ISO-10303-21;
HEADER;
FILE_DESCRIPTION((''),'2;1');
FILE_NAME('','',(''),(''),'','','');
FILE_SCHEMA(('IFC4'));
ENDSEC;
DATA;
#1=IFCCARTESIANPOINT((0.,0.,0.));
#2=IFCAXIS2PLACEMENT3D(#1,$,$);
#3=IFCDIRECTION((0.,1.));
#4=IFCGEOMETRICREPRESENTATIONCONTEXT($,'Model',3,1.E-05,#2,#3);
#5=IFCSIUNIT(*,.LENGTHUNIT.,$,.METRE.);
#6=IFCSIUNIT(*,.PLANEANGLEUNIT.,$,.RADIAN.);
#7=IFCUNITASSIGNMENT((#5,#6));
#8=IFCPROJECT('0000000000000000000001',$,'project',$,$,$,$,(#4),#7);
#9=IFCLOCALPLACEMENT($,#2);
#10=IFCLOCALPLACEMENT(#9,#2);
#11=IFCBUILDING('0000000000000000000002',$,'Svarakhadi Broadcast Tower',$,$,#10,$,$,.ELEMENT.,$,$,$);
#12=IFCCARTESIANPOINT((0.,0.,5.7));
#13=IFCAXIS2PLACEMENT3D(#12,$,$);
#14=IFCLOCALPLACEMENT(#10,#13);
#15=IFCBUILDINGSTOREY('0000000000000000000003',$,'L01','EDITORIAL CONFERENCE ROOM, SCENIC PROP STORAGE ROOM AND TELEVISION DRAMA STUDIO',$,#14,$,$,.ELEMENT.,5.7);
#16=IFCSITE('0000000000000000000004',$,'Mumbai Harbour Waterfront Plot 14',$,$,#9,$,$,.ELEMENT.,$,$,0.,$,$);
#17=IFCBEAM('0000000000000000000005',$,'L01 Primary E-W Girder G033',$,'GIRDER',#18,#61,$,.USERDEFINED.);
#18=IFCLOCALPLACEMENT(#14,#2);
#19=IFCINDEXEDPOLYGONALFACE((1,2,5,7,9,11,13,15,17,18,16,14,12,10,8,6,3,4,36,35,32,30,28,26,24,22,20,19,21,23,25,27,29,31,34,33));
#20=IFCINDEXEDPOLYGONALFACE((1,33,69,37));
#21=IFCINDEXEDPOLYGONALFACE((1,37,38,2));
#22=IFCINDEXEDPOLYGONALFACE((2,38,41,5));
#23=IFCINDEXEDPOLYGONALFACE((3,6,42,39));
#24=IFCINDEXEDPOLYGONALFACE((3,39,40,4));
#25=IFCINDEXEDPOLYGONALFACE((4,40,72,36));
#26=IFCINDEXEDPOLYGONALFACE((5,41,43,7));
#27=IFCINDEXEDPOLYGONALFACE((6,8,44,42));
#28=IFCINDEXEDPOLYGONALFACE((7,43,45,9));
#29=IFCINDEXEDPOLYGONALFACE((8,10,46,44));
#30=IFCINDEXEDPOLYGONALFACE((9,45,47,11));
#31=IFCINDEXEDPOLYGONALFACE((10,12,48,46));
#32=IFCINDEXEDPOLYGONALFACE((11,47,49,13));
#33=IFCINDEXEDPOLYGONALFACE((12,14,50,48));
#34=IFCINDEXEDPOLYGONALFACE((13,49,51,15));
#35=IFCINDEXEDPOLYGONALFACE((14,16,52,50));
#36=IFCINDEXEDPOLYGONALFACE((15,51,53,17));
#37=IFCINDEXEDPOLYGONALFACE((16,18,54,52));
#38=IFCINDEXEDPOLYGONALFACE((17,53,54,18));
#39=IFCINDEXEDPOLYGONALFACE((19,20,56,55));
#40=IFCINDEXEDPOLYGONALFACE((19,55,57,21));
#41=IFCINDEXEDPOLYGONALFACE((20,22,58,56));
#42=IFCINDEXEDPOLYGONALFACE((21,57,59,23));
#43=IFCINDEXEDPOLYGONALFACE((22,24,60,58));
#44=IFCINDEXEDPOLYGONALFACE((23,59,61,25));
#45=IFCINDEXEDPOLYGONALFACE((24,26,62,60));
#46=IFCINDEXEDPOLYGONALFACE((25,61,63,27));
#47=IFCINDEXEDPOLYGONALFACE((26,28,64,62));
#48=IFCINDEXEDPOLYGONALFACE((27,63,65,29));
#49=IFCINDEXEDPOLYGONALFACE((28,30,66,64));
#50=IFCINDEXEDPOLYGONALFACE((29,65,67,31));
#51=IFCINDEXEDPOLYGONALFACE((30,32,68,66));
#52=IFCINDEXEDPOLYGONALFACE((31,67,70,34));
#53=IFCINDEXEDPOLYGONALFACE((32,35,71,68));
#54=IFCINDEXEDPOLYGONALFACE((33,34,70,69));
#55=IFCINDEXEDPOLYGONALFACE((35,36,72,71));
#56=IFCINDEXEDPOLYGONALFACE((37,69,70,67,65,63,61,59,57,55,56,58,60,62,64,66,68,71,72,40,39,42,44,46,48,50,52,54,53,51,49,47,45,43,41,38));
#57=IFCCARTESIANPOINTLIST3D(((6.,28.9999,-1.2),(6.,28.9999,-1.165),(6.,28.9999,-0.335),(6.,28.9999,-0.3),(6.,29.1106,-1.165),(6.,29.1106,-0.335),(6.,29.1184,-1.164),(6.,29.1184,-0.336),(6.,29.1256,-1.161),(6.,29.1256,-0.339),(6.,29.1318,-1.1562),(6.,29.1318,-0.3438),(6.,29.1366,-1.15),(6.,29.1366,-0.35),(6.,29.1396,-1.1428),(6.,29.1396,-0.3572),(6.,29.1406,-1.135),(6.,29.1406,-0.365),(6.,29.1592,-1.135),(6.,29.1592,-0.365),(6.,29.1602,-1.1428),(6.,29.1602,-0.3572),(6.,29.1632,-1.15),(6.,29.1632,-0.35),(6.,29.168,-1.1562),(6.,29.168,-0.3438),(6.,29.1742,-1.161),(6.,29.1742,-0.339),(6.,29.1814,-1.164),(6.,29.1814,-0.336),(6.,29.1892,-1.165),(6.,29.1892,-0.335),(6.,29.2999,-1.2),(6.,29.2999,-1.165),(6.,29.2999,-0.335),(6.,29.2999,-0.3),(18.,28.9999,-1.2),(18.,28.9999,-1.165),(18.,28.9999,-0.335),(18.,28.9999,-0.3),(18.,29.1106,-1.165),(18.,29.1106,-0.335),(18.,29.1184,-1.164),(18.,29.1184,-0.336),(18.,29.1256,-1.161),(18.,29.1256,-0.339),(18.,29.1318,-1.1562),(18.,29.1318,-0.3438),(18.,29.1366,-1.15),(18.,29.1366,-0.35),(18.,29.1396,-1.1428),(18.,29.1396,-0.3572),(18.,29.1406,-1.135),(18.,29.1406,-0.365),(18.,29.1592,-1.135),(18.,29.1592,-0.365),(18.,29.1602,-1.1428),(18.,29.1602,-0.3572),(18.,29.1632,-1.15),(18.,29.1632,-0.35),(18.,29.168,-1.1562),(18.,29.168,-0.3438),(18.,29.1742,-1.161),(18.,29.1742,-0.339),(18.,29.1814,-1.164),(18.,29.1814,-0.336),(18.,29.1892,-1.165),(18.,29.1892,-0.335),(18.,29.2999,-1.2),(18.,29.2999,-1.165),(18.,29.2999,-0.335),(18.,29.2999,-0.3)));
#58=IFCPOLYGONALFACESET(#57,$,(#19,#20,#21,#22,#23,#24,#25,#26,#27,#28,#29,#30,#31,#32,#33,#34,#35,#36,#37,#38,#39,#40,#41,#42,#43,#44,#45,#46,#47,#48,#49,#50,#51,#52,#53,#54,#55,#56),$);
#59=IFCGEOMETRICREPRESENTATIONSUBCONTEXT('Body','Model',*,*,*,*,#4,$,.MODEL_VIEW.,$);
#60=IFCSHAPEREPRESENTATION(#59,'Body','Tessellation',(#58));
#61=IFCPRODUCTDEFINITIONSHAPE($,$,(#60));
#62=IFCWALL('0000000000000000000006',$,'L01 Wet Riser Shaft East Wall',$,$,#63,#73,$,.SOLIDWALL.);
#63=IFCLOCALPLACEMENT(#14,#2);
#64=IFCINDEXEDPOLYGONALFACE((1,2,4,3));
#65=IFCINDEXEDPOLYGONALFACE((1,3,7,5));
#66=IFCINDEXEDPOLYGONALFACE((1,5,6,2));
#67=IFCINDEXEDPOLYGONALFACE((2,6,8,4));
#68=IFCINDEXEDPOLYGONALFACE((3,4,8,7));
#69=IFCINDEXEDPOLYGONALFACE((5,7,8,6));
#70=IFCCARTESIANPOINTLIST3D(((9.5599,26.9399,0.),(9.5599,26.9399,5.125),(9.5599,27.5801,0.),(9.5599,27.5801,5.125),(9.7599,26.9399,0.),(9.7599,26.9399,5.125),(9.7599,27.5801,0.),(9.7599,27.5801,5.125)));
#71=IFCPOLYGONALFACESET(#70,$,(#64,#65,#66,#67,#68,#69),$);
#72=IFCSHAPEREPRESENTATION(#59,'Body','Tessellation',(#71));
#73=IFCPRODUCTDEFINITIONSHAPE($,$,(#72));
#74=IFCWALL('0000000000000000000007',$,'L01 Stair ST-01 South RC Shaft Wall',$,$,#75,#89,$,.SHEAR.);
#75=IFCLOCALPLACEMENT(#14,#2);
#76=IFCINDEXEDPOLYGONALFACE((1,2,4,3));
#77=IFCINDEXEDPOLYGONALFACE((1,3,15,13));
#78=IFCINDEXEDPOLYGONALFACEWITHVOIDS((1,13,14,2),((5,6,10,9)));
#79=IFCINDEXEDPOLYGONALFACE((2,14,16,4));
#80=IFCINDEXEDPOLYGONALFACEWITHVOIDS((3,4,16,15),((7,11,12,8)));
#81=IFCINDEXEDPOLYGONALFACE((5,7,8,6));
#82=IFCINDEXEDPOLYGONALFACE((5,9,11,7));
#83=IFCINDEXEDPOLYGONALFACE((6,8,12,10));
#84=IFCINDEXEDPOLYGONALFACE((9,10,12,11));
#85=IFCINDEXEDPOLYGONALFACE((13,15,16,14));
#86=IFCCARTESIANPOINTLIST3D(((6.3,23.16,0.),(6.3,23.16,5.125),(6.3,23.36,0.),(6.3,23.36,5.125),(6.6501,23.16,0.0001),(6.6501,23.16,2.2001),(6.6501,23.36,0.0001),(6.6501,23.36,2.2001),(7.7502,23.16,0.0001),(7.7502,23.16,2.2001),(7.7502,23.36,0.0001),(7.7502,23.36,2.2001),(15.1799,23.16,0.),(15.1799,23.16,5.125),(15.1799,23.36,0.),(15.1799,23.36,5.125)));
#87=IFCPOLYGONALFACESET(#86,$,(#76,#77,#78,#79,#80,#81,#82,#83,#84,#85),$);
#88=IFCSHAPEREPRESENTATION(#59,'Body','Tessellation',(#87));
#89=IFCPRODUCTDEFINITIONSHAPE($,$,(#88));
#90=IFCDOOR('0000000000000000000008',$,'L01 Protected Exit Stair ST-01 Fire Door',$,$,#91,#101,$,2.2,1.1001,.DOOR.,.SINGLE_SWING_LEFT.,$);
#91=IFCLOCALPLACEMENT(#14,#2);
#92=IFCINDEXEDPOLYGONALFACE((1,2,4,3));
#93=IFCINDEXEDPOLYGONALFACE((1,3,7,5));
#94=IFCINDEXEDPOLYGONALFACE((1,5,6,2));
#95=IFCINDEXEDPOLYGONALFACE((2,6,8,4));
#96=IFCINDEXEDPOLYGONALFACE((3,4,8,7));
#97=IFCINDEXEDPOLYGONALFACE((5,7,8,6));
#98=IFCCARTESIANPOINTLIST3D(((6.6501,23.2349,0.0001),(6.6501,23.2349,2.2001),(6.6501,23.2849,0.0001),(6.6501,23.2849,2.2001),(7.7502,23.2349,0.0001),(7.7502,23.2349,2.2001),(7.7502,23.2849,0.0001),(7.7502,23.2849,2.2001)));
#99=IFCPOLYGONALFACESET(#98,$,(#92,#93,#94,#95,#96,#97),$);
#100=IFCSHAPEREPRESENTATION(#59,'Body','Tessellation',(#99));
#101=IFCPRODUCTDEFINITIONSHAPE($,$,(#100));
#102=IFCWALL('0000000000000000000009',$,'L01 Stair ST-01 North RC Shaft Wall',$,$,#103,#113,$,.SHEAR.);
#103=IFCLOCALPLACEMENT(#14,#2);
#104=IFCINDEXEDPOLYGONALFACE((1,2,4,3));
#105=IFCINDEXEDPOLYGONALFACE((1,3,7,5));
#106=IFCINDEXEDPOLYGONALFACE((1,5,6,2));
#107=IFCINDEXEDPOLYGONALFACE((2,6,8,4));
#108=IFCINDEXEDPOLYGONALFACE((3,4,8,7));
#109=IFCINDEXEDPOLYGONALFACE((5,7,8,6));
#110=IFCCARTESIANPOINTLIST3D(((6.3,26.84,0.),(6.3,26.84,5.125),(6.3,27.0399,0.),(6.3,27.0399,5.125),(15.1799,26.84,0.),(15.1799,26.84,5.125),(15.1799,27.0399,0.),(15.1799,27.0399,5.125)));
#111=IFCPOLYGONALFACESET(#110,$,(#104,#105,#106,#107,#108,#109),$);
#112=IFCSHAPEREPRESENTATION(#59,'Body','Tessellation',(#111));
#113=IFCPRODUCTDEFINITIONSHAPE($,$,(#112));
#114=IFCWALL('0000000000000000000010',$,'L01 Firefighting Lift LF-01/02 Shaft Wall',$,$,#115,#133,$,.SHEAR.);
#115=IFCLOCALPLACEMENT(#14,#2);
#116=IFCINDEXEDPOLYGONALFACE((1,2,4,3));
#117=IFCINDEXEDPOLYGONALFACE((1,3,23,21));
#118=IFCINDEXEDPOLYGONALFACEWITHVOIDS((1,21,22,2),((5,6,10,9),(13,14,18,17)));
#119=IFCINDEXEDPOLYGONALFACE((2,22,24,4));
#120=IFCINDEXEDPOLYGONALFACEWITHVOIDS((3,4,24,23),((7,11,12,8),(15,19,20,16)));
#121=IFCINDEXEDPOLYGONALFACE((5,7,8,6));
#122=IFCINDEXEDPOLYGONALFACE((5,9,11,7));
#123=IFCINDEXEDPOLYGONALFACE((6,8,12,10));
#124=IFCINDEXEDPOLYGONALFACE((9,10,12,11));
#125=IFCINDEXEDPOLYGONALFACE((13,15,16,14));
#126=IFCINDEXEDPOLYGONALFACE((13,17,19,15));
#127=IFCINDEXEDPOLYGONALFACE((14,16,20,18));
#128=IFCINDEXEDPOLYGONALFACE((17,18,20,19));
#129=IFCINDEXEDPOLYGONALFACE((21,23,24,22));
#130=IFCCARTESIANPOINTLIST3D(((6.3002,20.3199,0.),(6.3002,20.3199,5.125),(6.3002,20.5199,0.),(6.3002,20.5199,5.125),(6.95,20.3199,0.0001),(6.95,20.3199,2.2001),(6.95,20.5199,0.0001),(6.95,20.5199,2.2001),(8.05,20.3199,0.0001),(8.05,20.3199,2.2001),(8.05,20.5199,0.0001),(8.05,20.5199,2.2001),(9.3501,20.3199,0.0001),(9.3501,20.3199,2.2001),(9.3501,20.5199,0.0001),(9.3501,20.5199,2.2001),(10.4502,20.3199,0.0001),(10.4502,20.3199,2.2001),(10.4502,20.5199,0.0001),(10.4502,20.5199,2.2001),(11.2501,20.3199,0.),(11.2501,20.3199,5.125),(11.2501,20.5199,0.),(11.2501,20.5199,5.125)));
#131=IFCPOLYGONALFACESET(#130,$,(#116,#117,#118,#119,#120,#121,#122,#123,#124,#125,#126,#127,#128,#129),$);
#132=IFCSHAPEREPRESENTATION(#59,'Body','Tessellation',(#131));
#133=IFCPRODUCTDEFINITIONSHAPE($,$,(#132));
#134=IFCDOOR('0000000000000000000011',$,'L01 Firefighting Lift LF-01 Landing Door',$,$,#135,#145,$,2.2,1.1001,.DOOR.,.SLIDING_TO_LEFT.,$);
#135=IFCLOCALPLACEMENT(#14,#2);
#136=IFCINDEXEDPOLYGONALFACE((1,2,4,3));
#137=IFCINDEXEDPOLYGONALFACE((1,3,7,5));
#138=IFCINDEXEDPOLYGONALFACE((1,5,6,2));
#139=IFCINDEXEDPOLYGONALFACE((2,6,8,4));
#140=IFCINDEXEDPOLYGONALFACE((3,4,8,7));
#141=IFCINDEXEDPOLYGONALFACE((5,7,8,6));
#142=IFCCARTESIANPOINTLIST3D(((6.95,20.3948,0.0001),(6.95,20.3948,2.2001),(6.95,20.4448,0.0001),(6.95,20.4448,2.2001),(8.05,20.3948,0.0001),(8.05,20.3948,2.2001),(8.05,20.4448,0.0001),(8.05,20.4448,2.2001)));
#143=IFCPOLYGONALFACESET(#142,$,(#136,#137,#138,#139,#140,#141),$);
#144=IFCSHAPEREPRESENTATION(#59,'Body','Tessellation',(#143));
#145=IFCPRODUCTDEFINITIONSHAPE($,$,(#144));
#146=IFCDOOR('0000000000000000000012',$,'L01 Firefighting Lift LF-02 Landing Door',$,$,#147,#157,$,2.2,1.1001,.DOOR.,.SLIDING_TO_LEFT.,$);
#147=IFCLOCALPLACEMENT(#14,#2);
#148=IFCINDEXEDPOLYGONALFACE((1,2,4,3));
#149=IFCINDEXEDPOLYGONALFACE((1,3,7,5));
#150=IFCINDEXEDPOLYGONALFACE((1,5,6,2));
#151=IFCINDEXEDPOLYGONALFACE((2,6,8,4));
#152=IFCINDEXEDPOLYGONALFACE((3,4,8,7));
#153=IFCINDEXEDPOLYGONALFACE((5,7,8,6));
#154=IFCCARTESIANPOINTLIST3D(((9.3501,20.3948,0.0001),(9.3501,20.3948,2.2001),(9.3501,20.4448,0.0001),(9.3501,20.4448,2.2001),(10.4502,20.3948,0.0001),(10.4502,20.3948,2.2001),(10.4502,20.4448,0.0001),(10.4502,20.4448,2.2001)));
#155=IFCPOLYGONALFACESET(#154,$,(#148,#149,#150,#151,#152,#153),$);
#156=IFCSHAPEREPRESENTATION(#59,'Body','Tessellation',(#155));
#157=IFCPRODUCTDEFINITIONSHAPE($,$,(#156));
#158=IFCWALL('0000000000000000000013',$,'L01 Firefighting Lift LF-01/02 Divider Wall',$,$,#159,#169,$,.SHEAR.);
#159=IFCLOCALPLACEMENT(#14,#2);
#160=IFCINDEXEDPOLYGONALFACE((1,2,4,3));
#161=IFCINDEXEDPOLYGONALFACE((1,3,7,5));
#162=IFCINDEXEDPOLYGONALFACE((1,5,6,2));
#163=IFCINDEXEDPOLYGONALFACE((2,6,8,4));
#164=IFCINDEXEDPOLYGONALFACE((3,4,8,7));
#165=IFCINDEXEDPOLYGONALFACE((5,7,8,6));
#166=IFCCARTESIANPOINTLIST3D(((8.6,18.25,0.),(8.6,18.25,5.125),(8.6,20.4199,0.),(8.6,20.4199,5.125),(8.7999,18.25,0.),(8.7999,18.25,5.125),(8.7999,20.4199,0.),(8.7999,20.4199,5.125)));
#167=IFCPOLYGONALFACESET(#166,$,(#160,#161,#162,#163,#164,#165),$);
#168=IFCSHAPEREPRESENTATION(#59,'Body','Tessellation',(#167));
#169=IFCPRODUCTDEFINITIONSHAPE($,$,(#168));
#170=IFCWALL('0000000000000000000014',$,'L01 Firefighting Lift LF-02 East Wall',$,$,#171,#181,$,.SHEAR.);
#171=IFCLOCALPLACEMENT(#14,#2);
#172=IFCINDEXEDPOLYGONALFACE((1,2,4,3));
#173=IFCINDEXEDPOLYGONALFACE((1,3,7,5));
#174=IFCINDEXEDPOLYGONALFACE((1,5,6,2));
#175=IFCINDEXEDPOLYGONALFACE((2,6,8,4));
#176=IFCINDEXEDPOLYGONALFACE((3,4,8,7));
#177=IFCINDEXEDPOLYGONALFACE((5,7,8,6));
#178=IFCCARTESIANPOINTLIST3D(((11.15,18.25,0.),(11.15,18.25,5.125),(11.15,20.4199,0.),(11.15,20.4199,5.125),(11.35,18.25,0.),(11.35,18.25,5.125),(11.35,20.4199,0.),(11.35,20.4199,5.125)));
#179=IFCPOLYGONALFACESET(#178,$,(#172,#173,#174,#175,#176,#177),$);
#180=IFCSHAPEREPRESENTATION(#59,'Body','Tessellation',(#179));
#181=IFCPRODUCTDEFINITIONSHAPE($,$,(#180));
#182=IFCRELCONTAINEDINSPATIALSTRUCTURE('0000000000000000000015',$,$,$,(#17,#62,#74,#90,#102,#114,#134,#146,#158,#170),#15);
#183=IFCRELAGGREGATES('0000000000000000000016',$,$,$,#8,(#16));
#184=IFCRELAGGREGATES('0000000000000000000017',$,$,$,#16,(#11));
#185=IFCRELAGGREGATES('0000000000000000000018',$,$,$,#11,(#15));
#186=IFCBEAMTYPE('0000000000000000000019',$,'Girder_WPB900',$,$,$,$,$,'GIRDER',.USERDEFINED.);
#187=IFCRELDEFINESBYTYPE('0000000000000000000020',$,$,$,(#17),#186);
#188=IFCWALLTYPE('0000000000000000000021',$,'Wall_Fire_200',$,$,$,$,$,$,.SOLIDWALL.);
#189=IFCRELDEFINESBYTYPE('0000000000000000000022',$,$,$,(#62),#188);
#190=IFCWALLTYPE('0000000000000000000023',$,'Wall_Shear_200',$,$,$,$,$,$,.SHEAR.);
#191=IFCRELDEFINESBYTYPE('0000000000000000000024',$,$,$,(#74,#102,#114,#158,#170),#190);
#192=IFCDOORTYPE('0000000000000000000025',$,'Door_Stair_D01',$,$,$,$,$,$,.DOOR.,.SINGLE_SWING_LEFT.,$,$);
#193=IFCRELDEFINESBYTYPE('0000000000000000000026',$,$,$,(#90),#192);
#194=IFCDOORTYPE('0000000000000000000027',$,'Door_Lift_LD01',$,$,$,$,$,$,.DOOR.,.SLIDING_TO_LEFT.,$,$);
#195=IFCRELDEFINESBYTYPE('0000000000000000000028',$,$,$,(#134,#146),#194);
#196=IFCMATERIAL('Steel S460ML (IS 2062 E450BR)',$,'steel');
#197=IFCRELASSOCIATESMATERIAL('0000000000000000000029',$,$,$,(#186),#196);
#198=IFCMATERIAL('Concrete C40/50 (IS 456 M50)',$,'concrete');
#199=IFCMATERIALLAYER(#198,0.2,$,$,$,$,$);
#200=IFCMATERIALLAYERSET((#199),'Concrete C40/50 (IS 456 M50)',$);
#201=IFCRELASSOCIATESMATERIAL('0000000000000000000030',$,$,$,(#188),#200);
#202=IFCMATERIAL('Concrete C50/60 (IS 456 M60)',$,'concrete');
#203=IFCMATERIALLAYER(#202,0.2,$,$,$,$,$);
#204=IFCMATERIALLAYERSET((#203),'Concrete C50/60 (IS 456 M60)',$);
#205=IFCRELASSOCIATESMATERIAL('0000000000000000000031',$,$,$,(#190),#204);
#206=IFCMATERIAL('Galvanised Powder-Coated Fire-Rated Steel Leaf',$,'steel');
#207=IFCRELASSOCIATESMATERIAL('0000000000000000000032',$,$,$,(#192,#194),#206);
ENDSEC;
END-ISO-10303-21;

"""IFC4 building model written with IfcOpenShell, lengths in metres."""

from ifc_helpers import new_model, si_unit, direction, frame, frame_2d, origin, origin_2d, place, context, subcontext, project, spatial, rectangle, i_section, extrude, material, layer, layer_set, material_profile, profile_set, type_object, element, fill, save


model = new_model("IFC4")

# Units and contexts
model_context = context("Model", 3, precision=1e-05, world=origin(), true_north=direction((0.0, 1.0)))
body_context = subcontext(model_context, "Body", "Model", "MODEL_VIEW")
ifc_project = project(units=[si_unit("LENGTHUNIT", "METRE"), si_unit("PLANEANGLEUNIT", "RADIAN")], contexts=[model_context])

# Site, building, storey
site_placement = place(None, origin())
site = spatial("IfcSite", under=ifc_project, at=site_placement, Name="Mumbai Harbour Waterfront Plot 14", CompositionType="ELEMENT", RefElevation=0.0)
building_placement = place(site_placement, origin())
building = spatial("IfcBuilding", under=site, at=building_placement, Name="Svarakhadi Broadcast Tower", CompositionType="ELEMENT")
storey_placement = place(building_placement, frame((0.0, 0.0, 5.7)))
storey = spatial("IfcBuildingStorey", under=building, at=storey_placement, Name="L01", Description="EDITORIAL CONFERENCE ROOM, SCENIC PROP STORAGE ROOM AND TELEVISION DRAMA STUDIO", CompositionType="ELEMENT", Elevation=5.7)

# Shared definitions
ifc_material_1 = material(Name="Steel S460ML (IS 2062 E450BR)", Category="steel")

# Beam
ifc_material_2 = material(Name="Concrete C50/60 (IS 456 M60)", Category="concrete")
ifc_material_profile_1 = material_profile(ifc_material_1, i_section(OverallWidth=0.3, OverallDepth=0.8999, WebThickness=0.0186, FlangeThickness=0.0349, FilletRadius=0.03, at=origin_2d()), Name="WPB 900x300x291")
ifc_profile_set_1 = profile_set([ifc_material_profile_1], Name="Steel S460ML (IS 2062 E450BR)")
beam_type_1 = type_object("IfcBeamType", Name="Girder_WPB900", ElementType="GIRDER", PredefinedType="USERDEFINED", material=ifc_profile_set_1)
beam_1_placement = place(storey_placement, frame((6.0, 29.1499, -0.75), z_axis=(1.0, 0.0, 0.0), x_axis=(0.0, 1.0, 0.0)))
element("IfcBeam", 1, at=beam_1_placement, inside=storey, type_object=beam_type_1, Name="L01 Primary E-W Girder G033", ObjectType="GIRDER", PredefinedType="USERDEFINED", context=body_context, shape_type="SweptSolid", body=[
    extrude(i_section(OverallWidth=0.3, OverallDepth=0.8999, WebThickness=0.0186, FlangeThickness=0.0349, FilletRadius=0.03, at=origin_2d()), origin(), (0.0, 0.0, 1.0), 12.0),
])

# Wall
ifc_material_3 = material(Name="Concrete C40/50 (IS 456 M50)", Category="concrete")
ifc_layer_1 = layer(ifc_material_3, 0.2)
ifc_layer_set_1 = layer_set([ifc_layer_1], Name="Concrete C40/50 (IS 456 M50)")
wall_type_1 = type_object("IfcWallType", Name="Wall_Fire_200", PredefinedType="SOLIDWALL", material=ifc_layer_set_1)
wall_1_placement = place(storey_placement, frame((9.6599, 26.9399, 0.0), z_axis=(0.0, 0.0, 1.0), x_axis=(0.0, 1.0, 0.0)))
element("IfcWall", 2, at=wall_1_placement, inside=storey, type_object=wall_type_1, Name="L01 Wet Riser Shaft East Wall", PredefinedType="SOLIDWALL", context=body_context, shape_type="SweptSolid", body=[
    extrude(rectangle(XDim=0.6401, YDim=0.2, at=frame_2d((0.3201, 0.0))), origin(), (0.0, 0.0, 1.0), 5.125),
])

# Wall, opening, door
ifc_layer_2 = layer(ifc_material_2, 0.2)
ifc_layer_set_2 = layer_set([ifc_layer_2], Name="Concrete C50/60 (IS 456 M60)")
wall_type_2 = type_object("IfcWallType", Name="Wall_Shear_200", PredefinedType="SHEAR", material=ifc_layer_set_2)
wall_2_placement = place(storey_placement, frame((6.3, 23.26, 0.0), z_axis=(0.0, 0.0, 1.0), x_axis=(1.0, 0.0, 0.0)))
wall_2 = element("IfcWall", 3, at=wall_2_placement, inside=storey, type_object=wall_type_2, Name="L01 Stair ST-01 South RC Shaft Wall", PredefinedType="SHEAR", context=body_context, shape_type="SweptSolid", body=[
    extrude(rectangle(XDim=8.8799, YDim=0.2, at=frame_2d((4.4399, 0.0))), origin(), (0.0, 0.0, 1.0), 5.125),
])
opening_1_placement = place(wall_2_placement, frame((0.3501, 0.0, 0.0)))
opening_1 = element("IfcOpeningElement", 4, at=opening_1_placement, cuts=wall_2, PredefinedType="OPENING", context=body_context, shape_type="SweptSolid", body=[
    extrude(rectangle(XDim=1.1001, YDim=2.2, at=frame_2d((0.55, 1.1001))), frame((0.0, 0.1099, 0.0), z_axis=(0.0, -1.0, 0.0), x_axis=(1.0, 0.0, 0.0)), (0.0, 0.0, 1.0), 0.22),
])
ifc_material_4 = material(Name="Galvanised Powder-Coated Fire-Rated Steel Leaf", Category="steel")
door_type_1 = type_object("IfcDoorType", Name="Door_Stair_D01", OperationType="SINGLE_SWING_LEFT", PredefinedType="DOOR", material=ifc_material_4)
door_1_placement = place(opening_1_placement, origin())
door_1 = element("IfcDoor", 5, at=door_1_placement, inside=storey, type_object=door_type_1, Name="L01 Protected Exit Stair ST-01 Fire Door", OperationType="SINGLE_SWING_LEFT", OverallHeight=2.2, OverallWidth=1.1001, PredefinedType="DOOR", context=body_context, shape_type="SweptSolid", body=[
    extrude(rectangle(XDim=1.1001, YDim=2.2, at=frame_2d((0.55, 1.1001))), frame((0.0, 0.0249, 0.0), z_axis=(0.0, -1.0, 0.0), x_axis=(1.0, 0.0, 0.0)), (0.0, 0.0, 1.0), 0.05),
])
fill(opening_1, door_1)

# Wall
wall_3_placement = place(storey_placement, frame((6.3, 26.9399, 0.0), z_axis=(0.0, 0.0, 1.0), x_axis=(1.0, 0.0, 0.0)))
element("IfcWall", 6, at=wall_3_placement, inside=storey, type_object=wall_type_2, Name="L01 Stair ST-01 North RC Shaft Wall", PredefinedType="SHEAR", context=body_context, shape_type="SweptSolid", body=[
    extrude(rectangle(XDim=8.8799, YDim=0.2, at=frame_2d((4.4399, 0.0))), origin(), (0.0, 0.0, 1.0), 5.125),
])

# Wall, openings, doors
wall_4_placement = place(storey_placement, frame((6.3, 20.4199, 0.0), z_axis=(0.0, 0.0, 1.0), x_axis=(1.0, 0.0, 0.0)))
wall_4 = element("IfcWall", 7, at=wall_4_placement, inside=storey, type_object=wall_type_2, Name="L01 Firefighting Lift LF-01/02 Shaft Wall", PredefinedType="SHEAR", context=body_context, shape_type="SweptSolid", body=[
    extrude(rectangle(XDim=4.95, YDim=0.2, at=frame_2d((2.4751, 0.0))), origin(), (0.0, 0.0, 1.0), 5.125),
])
opening_2_placement = place(wall_4_placement, frame((0.6499, 0.0, 0.0)))
opening_2 = element("IfcOpeningElement", 8, at=opening_2_placement, cuts=wall_4, PredefinedType="OPENING", context=body_context, shape_type="SweptSolid", body=[
    extrude(rectangle(XDim=1.1001, YDim=2.2, at=frame_2d((0.55, 1.1001))), frame((0.0, 0.1099, 0.0), z_axis=(0.0, -1.0, 0.0), x_axis=(1.0, 0.0, 0.0)), (0.0, 0.0, 1.0), 0.22),
])
opening_3_placement = place(wall_4_placement, frame((3.05, 0.0, 0.0)))
opening_3 = element("IfcOpeningElement", 9, at=opening_3_placement, cuts=wall_4, PredefinedType="OPENING", context=body_context, shape_type="SweptSolid", body=[
    extrude(rectangle(XDim=1.1001, YDim=2.2, at=frame_2d((0.55, 1.1001))), frame((0.0, 0.1099, 0.0), z_axis=(0.0, -1.0, 0.0), x_axis=(1.0, 0.0, 0.0)), (0.0, 0.0, 1.0), 0.22),
])
door_type_2 = type_object("IfcDoorType", Name="Door_Lift_LD01", OperationType="SLIDING_TO_LEFT", PredefinedType="DOOR", material=ifc_material_4)
door_2_placement = place(opening_2_placement, origin())
door_2 = element("IfcDoor", 10, at=door_2_placement, inside=storey, type_object=door_type_2, Name="L01 Firefighting Lift LF-01 Landing Door", OperationType="SLIDING_TO_LEFT", OverallHeight=2.2, OverallWidth=1.1001, PredefinedType="DOOR", context=body_context, shape_type="SweptSolid", body=[
    extrude(rectangle(XDim=1.1001, YDim=2.2, at=frame_2d((0.55, 1.1001))), frame((0.0, 0.0249, 0.0), z_axis=(0.0, -1.0, 0.0), x_axis=(1.0, 0.0, 0.0)), (0.0, 0.0, 1.0), 0.05),
])
fill(opening_2, door_2)
door_3_placement = place(opening_3_placement, origin())
door_3 = element("IfcDoor", 11, at=door_3_placement, inside=storey, type_object=door_type_2, Name="L01 Firefighting Lift LF-02 Landing Door", OperationType="SLIDING_TO_LEFT", OverallHeight=2.2, OverallWidth=1.1001, PredefinedType="DOOR", context=body_context, shape_type="SweptSolid", body=[
    extrude(rectangle(XDim=1.1001, YDim=2.2, at=frame_2d((0.55, 1.1001))), frame((0.0, 0.0249, 0.0), z_axis=(0.0, -1.0, 0.0), x_axis=(1.0, 0.0, 0.0)), (0.0, 0.0, 1.0), 0.05),
])
fill(opening_3, door_3)

# Walls
for number, where, z_axis, x_axis, name in (
    (12, (8.7, 18.25, 0.0), (0.0, 0.0, 1.0), (0.0, 1.0, 0.0), "L01 Firefighting Lift LF-01/02 Divider Wall"),
    (13, (11.25, 18.25, 0.0), (0.0, 0.0, 1.0), (0.0, 1.0, 0.0), "L01 Firefighting Lift LF-02 East Wall"),
):
    element("IfcWall", number, at=place(storey_placement, frame(where, z_axis=z_axis, x_axis=x_axis)), inside=storey, type_object=wall_type_2, Name=name, PredefinedType="SHEAR", context=body_context, shape_type="SweptSolid", body=[
        extrude(rectangle(XDim=2.1699, YDim=0.2, at=frame_2d((1.085, 0.0))), origin(), (0.0, 0.0, 1.0), 5.125),
    ])

save(model, "model.ifc")
